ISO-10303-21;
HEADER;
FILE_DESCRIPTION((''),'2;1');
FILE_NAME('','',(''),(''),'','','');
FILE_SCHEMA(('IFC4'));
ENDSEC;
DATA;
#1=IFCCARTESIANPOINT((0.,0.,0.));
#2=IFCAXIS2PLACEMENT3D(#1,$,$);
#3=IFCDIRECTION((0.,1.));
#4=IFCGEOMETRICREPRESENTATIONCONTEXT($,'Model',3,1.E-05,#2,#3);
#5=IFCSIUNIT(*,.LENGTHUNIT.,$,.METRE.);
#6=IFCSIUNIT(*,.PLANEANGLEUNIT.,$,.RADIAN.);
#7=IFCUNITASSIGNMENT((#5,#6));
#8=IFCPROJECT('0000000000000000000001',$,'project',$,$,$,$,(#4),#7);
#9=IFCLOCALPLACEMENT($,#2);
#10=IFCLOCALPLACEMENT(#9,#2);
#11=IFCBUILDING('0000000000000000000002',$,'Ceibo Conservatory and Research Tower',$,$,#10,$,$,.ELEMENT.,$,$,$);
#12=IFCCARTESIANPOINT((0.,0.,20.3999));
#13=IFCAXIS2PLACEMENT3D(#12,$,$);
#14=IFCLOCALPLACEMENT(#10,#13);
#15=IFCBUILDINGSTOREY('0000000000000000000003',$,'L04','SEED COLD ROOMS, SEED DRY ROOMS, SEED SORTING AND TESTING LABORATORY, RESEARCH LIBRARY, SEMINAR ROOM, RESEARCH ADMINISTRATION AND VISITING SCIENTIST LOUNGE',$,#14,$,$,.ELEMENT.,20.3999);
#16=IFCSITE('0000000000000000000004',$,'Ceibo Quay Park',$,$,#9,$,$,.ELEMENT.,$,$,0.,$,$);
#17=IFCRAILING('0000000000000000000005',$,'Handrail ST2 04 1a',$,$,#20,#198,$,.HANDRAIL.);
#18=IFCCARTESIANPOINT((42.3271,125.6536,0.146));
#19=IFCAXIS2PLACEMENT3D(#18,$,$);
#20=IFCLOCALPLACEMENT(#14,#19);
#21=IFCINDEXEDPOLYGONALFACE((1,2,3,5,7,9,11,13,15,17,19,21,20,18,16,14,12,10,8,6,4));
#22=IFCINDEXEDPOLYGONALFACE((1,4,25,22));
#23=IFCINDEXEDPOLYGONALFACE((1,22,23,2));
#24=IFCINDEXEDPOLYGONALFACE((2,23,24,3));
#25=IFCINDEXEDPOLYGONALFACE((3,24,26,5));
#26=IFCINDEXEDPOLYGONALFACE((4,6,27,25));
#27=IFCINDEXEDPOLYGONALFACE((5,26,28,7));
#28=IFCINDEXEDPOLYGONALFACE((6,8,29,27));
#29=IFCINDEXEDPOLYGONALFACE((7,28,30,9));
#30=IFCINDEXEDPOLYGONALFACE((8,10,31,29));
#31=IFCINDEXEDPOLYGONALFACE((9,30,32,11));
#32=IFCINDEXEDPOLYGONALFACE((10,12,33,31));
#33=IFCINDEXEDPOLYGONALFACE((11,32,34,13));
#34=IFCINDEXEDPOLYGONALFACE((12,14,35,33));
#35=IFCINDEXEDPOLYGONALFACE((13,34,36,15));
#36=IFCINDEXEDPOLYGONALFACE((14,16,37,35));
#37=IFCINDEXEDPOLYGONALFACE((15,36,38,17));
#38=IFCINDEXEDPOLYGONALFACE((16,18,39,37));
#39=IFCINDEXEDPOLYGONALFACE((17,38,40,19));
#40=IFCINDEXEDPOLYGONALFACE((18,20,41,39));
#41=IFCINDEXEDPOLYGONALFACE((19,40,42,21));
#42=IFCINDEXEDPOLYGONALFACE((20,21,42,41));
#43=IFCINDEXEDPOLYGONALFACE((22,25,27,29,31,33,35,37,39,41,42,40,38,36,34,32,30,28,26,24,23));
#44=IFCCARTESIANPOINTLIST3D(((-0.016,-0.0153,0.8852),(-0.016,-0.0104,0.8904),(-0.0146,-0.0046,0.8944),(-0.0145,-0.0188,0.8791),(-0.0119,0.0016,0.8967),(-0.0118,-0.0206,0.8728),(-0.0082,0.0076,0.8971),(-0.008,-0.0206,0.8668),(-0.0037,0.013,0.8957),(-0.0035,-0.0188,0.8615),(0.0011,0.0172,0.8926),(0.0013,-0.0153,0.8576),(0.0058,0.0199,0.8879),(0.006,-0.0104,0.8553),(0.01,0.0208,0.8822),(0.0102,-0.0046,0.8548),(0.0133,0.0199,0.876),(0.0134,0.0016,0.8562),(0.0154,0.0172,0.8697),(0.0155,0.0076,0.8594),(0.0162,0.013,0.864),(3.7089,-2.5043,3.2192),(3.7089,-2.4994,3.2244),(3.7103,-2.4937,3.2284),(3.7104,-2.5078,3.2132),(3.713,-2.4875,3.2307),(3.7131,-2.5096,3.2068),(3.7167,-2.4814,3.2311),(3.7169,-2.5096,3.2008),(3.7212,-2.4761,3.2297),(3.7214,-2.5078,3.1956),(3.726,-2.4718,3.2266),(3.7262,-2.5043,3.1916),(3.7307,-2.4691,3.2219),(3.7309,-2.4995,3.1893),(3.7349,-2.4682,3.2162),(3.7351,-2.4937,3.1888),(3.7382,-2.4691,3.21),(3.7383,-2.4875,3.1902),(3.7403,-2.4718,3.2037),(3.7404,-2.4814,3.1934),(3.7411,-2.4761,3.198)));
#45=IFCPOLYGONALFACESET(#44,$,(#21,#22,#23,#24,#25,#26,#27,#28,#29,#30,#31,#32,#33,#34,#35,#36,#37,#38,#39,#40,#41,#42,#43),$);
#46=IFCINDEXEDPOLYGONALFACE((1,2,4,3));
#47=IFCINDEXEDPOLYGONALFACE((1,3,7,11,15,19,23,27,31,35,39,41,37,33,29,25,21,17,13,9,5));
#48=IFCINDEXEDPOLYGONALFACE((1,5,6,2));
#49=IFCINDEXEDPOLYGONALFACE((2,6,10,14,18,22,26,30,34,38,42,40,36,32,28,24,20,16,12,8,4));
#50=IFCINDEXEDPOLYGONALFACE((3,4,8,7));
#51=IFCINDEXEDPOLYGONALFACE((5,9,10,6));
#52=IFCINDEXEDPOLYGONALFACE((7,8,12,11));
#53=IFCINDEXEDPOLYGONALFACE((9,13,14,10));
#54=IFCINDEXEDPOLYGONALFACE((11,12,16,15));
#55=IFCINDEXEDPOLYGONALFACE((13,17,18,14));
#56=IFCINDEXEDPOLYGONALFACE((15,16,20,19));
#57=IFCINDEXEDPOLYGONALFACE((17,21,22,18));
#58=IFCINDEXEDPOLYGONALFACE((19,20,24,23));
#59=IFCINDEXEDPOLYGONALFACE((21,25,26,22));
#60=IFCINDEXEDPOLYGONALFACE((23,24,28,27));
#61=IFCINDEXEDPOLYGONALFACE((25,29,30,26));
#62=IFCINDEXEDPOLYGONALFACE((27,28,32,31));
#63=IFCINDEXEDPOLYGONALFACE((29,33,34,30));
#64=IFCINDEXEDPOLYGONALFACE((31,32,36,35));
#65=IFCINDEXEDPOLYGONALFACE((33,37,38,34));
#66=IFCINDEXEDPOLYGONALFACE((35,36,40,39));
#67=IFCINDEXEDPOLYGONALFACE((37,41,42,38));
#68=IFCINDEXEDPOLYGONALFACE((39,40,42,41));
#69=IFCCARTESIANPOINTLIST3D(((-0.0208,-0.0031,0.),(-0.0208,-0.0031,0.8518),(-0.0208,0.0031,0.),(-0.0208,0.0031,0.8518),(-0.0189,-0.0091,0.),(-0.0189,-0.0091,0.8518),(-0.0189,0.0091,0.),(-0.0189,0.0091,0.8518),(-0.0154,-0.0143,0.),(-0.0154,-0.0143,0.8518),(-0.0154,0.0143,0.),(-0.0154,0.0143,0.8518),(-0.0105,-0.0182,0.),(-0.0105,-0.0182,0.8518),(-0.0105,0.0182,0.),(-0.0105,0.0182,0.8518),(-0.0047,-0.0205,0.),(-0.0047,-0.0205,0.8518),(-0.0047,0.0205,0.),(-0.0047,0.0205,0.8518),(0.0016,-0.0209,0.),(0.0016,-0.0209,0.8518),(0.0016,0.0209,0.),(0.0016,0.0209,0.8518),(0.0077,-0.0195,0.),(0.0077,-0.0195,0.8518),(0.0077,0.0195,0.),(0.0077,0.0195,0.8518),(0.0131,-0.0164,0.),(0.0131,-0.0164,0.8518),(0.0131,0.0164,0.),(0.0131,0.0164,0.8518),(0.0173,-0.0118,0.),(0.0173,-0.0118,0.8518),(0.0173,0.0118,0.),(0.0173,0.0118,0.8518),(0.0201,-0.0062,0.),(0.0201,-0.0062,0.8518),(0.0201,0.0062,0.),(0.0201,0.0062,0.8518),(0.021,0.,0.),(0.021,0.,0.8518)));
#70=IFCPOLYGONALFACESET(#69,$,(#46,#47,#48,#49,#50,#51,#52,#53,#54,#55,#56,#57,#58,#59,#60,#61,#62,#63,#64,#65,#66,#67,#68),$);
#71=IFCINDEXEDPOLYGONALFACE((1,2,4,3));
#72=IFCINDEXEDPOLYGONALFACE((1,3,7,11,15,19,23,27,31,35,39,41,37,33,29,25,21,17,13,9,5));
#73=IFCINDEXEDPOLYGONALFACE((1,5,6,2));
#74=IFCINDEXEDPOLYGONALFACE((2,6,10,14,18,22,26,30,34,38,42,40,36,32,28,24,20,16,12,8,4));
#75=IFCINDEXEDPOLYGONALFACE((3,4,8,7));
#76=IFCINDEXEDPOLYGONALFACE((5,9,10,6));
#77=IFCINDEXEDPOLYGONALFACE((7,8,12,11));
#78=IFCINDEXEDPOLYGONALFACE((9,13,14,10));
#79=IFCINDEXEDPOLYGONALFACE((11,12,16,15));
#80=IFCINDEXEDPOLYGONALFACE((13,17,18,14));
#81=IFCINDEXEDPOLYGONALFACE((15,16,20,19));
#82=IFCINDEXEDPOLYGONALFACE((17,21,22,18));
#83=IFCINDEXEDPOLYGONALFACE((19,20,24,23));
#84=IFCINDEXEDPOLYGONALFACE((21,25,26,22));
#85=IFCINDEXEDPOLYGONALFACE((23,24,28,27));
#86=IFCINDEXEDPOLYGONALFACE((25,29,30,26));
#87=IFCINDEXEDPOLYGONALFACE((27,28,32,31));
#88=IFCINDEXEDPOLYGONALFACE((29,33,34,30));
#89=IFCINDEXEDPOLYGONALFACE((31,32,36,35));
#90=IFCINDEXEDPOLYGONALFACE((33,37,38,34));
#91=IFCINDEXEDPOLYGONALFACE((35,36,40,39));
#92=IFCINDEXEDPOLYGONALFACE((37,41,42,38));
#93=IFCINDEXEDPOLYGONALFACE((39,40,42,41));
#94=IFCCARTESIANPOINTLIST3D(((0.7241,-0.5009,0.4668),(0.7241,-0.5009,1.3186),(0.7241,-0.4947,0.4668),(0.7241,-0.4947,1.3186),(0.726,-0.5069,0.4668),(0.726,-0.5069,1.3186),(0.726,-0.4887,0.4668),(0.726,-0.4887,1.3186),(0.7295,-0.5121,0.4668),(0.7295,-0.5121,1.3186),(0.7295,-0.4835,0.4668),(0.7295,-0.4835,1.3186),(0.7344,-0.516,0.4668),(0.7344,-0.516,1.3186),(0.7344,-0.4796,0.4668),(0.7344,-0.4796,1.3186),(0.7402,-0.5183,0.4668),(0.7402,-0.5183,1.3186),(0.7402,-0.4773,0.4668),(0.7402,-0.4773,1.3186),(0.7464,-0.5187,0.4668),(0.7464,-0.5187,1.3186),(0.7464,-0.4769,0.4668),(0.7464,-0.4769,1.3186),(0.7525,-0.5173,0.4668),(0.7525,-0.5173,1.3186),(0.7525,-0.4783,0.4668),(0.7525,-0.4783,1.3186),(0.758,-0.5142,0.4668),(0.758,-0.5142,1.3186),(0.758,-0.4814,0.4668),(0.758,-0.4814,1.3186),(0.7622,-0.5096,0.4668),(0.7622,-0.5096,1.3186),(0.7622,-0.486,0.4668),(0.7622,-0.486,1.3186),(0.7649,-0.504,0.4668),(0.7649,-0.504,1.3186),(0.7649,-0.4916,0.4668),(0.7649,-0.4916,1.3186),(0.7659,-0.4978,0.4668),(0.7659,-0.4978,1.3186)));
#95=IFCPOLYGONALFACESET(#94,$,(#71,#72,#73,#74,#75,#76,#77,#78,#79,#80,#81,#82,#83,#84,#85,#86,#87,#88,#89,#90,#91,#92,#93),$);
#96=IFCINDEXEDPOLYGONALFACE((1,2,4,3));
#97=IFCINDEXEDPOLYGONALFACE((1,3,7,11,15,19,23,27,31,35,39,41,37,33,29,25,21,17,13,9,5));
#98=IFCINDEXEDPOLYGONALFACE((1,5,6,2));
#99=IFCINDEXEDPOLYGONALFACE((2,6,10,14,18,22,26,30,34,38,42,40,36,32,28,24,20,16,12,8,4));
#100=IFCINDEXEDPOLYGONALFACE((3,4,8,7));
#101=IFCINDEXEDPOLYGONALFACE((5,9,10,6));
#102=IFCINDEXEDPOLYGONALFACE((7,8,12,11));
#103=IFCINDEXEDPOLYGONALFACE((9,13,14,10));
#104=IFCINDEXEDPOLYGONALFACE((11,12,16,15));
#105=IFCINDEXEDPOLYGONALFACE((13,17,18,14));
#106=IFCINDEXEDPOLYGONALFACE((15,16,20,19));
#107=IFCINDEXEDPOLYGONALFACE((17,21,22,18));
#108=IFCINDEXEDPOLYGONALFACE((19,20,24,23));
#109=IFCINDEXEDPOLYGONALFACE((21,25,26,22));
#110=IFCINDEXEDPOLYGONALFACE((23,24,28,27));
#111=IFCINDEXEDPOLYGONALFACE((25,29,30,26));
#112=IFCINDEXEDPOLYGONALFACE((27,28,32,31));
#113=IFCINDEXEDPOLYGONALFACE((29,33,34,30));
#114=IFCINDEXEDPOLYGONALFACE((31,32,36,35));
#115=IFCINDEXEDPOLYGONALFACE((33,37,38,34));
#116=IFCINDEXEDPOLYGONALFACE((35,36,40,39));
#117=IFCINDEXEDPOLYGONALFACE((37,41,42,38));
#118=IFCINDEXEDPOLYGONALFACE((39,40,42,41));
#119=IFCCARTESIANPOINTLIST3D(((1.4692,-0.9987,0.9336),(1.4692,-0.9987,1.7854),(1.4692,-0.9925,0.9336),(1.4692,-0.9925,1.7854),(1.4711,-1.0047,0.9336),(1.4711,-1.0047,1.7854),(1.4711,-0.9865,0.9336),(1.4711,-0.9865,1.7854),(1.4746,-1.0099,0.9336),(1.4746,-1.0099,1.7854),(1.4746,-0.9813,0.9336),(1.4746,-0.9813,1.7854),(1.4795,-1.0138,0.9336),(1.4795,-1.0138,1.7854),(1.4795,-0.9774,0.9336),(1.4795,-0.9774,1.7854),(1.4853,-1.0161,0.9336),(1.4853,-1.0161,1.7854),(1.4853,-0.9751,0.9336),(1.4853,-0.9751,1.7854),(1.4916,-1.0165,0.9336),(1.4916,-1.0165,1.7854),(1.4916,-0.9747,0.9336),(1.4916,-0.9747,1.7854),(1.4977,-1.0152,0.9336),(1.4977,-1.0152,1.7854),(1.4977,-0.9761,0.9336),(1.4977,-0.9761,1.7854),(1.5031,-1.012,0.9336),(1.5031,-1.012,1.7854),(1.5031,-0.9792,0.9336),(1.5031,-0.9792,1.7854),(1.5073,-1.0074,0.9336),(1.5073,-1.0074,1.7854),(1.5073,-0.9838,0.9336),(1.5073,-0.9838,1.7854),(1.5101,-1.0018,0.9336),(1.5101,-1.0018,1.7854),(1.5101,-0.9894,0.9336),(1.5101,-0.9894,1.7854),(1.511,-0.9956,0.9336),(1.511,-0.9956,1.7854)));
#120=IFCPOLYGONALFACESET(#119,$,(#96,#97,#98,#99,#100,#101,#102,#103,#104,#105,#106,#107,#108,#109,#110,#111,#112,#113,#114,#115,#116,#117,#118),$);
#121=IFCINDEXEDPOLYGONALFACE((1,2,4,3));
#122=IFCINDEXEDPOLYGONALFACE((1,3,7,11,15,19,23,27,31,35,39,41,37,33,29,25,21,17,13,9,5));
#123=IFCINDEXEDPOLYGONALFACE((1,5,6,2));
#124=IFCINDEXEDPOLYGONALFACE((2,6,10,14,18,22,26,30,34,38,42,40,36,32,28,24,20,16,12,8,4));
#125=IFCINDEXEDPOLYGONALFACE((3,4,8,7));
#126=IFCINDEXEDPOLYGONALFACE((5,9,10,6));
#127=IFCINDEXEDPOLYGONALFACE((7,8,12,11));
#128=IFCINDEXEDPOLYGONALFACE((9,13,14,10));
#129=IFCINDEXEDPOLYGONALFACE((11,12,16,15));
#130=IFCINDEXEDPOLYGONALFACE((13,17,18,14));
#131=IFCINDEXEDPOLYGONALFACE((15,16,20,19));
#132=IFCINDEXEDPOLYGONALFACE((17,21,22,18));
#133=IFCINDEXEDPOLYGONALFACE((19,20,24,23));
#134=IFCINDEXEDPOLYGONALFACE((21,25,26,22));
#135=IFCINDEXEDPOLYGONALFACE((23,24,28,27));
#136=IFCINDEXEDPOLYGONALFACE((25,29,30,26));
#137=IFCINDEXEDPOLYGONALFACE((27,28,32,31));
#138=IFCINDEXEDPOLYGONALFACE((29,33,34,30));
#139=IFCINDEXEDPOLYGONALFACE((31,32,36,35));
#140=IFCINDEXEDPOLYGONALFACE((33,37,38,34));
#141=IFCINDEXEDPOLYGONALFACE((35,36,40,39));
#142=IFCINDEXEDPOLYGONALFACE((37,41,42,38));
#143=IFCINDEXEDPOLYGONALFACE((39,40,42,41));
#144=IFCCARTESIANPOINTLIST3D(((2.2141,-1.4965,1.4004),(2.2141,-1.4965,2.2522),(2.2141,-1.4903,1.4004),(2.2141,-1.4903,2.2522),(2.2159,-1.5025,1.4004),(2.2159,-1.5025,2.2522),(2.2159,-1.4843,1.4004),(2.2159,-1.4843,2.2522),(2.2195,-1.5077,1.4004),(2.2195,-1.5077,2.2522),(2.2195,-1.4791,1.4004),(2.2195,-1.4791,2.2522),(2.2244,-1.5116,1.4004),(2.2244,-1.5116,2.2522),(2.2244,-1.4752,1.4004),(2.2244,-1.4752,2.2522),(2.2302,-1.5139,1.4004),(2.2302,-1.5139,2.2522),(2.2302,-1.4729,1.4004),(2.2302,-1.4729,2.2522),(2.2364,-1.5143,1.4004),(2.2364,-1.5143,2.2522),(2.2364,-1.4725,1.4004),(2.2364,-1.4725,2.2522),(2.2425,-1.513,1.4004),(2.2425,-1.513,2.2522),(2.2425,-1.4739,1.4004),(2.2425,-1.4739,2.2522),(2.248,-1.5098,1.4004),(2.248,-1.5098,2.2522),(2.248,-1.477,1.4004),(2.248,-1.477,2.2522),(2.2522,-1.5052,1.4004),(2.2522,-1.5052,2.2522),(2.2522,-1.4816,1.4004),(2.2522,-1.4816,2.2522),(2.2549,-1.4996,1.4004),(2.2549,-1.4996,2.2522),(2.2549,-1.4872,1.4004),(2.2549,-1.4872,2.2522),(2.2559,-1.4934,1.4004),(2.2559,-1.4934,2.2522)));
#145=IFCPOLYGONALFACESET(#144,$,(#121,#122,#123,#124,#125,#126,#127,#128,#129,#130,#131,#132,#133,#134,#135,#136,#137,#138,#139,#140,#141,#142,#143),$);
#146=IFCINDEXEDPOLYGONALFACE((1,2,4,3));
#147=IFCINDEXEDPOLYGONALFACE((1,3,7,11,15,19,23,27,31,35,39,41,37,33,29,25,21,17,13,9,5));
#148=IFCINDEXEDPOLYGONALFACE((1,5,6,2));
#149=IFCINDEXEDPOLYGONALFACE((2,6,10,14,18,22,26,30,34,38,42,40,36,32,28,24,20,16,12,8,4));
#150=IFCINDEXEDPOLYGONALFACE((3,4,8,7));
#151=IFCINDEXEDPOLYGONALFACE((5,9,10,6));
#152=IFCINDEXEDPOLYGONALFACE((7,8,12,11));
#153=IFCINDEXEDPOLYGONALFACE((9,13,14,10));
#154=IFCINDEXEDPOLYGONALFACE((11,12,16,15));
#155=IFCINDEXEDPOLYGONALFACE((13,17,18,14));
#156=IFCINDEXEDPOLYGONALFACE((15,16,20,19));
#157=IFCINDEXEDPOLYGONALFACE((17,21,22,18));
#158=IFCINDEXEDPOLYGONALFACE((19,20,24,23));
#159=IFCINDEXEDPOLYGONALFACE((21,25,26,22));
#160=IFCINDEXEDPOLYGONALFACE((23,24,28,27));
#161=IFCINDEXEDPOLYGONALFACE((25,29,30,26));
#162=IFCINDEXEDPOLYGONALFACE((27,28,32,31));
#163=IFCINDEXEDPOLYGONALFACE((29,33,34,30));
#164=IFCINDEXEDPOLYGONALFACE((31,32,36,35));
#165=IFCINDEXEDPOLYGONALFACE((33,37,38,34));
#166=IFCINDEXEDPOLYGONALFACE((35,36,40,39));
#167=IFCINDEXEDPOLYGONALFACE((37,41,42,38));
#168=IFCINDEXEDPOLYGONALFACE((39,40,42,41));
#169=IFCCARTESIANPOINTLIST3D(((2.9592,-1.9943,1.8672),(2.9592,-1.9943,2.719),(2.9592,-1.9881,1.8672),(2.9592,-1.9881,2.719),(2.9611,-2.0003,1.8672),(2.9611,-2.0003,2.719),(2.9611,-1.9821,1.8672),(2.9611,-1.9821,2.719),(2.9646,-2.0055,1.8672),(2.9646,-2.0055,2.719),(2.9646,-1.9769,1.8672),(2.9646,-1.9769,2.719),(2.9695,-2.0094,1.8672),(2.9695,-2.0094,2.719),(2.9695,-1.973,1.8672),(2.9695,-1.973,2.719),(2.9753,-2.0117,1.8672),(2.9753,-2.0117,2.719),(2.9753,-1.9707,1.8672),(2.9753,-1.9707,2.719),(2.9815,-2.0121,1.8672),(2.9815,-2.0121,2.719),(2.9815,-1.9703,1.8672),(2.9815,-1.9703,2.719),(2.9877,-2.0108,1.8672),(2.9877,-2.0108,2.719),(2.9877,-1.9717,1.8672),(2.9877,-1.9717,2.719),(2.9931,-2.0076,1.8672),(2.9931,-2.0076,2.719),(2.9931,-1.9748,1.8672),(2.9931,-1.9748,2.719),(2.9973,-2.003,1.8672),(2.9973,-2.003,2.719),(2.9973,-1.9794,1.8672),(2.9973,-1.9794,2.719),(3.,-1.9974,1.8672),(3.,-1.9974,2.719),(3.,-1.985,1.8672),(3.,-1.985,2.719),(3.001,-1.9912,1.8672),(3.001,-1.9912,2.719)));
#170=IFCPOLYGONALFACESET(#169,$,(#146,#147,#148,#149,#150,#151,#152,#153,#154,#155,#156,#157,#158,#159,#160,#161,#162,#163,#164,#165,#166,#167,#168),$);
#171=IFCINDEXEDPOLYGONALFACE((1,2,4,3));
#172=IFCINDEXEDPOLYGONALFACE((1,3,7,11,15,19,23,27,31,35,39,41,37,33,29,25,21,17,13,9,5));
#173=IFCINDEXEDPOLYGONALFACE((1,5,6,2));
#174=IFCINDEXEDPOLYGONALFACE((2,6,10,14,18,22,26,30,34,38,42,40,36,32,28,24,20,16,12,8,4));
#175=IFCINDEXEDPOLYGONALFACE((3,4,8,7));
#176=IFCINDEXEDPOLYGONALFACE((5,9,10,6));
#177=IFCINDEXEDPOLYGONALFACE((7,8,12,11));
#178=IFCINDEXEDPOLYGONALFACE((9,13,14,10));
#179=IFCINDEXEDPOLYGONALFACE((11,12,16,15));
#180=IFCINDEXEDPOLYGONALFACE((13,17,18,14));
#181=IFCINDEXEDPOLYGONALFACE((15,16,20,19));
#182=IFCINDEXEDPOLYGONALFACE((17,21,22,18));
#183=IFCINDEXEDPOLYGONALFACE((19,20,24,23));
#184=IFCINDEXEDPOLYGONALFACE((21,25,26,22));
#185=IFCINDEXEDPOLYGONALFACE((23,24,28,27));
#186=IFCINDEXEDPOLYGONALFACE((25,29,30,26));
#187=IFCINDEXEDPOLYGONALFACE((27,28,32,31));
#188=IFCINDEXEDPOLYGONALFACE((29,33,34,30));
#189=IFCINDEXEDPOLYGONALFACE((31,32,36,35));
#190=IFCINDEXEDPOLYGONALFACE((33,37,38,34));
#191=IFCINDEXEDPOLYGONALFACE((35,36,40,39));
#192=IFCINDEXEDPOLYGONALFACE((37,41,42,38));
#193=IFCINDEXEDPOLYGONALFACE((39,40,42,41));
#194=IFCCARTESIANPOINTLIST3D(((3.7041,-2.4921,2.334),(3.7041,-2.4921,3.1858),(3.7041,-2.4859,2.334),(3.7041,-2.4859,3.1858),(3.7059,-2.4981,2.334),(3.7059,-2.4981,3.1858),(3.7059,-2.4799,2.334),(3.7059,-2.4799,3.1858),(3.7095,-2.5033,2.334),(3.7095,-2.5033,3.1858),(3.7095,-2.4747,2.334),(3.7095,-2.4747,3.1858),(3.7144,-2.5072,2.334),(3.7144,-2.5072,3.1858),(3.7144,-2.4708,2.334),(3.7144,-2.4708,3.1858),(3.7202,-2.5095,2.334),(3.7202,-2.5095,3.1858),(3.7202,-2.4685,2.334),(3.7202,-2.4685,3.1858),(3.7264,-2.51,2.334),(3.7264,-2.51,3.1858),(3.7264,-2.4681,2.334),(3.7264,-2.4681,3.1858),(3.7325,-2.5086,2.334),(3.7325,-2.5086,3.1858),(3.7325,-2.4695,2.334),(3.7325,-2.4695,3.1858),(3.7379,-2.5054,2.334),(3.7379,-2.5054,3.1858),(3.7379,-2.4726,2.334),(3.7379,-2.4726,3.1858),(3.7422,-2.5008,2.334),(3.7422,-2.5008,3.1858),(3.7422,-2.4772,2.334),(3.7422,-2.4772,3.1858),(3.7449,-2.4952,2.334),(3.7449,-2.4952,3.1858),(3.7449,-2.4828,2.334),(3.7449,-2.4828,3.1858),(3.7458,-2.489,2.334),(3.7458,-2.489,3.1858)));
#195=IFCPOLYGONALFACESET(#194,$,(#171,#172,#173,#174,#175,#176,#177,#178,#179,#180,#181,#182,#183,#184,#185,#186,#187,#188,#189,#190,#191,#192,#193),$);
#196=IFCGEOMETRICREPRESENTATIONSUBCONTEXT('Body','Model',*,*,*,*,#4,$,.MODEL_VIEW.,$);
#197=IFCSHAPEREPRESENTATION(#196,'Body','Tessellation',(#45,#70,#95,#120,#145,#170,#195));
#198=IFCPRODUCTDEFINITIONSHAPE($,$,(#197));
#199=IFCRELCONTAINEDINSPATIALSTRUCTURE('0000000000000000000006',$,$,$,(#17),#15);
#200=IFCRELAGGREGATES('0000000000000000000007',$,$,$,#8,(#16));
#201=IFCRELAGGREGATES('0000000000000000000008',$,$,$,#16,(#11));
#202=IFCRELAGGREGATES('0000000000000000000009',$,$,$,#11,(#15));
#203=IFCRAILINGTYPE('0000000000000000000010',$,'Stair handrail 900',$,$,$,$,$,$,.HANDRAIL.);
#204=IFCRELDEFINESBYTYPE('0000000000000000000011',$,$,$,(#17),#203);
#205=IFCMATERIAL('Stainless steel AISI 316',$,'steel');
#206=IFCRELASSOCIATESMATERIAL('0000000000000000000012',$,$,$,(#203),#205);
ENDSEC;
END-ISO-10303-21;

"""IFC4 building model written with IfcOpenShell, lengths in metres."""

from ifc_helpers import new_model, si_unit, direction, frame, origin, origin_2d, place, context, subcontext, project, spatial, circle, extrude, material, type_object, element, save


model = new_model("IFC4")

# Units and contexts
model_context = context("Model", 3, precision=1e-05, world=origin(), true_north=direction((0.0, 1.0)))
body_context = subcontext(model_context, "Body", "Model", "MODEL_VIEW")
ifc_project = project(units=[si_unit("LENGTHUNIT", "METRE"), si_unit("PLANEANGLEUNIT", "RADIAN")], contexts=[model_context])

# Site, building, storey
site_placement = place(None, origin())
site = spatial("IfcSite", under=ifc_project, at=site_placement, Name="Ceibo Quay Park", CompositionType="ELEMENT", RefElevation=0.0)
building_placement = place(site_placement, origin())
building = spatial("IfcBuilding", under=site, at=building_placement, Name="Ceibo Conservatory and Research Tower", CompositionType="ELEMENT")
storey_placement = place(building_placement, frame((0.0, 0.0, 20.3999)))
storey = spatial("IfcBuildingStorey", under=building, at=storey_placement, Name="L04", Description="SEED COLD ROOMS, SEED DRY ROOMS, SEED SORTING AND TESTING LABORATORY, RESEARCH LIBRARY, SEMINAR ROOM, RESEARCH ADMINISTRATION AND VISITING SCIENTIST LOUNGE", CompositionType="ELEMENT", Elevation=20.3999)

# Railing
ifc_material_1 = material(Name="Stainless steel AISI 316", Category="steel")
railing_type = type_object("IfcRailingType", Name="Stair handrail 900", PredefinedType="HANDRAIL", material=ifc_material_1)
railing_1_placement = place(storey_placement, frame((42.3271, 125.6536, 0.146)))
element("IfcRailing", 1, at=railing_1_placement, inside=storey, type_object=railing_type, Name="Handrail ST2 04 1a", PredefinedType="HANDRAIL", context=body_context, shape_type="SweptSolid", body=[
    extrude(circle(Radius=0.0239, at=origin_2d()), frame((0.0, 0.0, 0.876), z_axis=(0.737382, -0.492732, 0.462042), x_axis=(0.555593, 0.831455, 0.0)), (0.0, 0.0, 1.0), 5.0515),
    extrude(circle(Radius=0.021, at=origin_2d()), origin(), (0.0, 0.0, 1.0), 0.8518),
    extrude(circle(Radius=0.021, at=origin_2d()), frame((0.7449, -0.4978, 0.4668)), (0.0, 0.0, 1.0), 0.8518),
    extrude(circle(Radius=0.021, at=origin_2d()), frame((1.49, -0.9956, 0.9336)), (0.0, 0.0, 1.0), 0.8518),
    extrude(circle(Radius=0.021, at=origin_2d()), frame((2.2349, -1.4934, 1.4004)), (0.0, 0.0, 1.0), 0.8518),
    extrude(circle(Radius=0.021, at=origin_2d()), frame((2.98, -1.9912, 1.8672)), (0.0, 0.0, 1.0), 0.8518),
    extrude(circle(Radius=0.021, at=origin_2d()), frame((3.7249, -2.489, 2.334)), (0.0, 0.0, 1.0), 0.8518),
])

save(model, "model.ifc")
